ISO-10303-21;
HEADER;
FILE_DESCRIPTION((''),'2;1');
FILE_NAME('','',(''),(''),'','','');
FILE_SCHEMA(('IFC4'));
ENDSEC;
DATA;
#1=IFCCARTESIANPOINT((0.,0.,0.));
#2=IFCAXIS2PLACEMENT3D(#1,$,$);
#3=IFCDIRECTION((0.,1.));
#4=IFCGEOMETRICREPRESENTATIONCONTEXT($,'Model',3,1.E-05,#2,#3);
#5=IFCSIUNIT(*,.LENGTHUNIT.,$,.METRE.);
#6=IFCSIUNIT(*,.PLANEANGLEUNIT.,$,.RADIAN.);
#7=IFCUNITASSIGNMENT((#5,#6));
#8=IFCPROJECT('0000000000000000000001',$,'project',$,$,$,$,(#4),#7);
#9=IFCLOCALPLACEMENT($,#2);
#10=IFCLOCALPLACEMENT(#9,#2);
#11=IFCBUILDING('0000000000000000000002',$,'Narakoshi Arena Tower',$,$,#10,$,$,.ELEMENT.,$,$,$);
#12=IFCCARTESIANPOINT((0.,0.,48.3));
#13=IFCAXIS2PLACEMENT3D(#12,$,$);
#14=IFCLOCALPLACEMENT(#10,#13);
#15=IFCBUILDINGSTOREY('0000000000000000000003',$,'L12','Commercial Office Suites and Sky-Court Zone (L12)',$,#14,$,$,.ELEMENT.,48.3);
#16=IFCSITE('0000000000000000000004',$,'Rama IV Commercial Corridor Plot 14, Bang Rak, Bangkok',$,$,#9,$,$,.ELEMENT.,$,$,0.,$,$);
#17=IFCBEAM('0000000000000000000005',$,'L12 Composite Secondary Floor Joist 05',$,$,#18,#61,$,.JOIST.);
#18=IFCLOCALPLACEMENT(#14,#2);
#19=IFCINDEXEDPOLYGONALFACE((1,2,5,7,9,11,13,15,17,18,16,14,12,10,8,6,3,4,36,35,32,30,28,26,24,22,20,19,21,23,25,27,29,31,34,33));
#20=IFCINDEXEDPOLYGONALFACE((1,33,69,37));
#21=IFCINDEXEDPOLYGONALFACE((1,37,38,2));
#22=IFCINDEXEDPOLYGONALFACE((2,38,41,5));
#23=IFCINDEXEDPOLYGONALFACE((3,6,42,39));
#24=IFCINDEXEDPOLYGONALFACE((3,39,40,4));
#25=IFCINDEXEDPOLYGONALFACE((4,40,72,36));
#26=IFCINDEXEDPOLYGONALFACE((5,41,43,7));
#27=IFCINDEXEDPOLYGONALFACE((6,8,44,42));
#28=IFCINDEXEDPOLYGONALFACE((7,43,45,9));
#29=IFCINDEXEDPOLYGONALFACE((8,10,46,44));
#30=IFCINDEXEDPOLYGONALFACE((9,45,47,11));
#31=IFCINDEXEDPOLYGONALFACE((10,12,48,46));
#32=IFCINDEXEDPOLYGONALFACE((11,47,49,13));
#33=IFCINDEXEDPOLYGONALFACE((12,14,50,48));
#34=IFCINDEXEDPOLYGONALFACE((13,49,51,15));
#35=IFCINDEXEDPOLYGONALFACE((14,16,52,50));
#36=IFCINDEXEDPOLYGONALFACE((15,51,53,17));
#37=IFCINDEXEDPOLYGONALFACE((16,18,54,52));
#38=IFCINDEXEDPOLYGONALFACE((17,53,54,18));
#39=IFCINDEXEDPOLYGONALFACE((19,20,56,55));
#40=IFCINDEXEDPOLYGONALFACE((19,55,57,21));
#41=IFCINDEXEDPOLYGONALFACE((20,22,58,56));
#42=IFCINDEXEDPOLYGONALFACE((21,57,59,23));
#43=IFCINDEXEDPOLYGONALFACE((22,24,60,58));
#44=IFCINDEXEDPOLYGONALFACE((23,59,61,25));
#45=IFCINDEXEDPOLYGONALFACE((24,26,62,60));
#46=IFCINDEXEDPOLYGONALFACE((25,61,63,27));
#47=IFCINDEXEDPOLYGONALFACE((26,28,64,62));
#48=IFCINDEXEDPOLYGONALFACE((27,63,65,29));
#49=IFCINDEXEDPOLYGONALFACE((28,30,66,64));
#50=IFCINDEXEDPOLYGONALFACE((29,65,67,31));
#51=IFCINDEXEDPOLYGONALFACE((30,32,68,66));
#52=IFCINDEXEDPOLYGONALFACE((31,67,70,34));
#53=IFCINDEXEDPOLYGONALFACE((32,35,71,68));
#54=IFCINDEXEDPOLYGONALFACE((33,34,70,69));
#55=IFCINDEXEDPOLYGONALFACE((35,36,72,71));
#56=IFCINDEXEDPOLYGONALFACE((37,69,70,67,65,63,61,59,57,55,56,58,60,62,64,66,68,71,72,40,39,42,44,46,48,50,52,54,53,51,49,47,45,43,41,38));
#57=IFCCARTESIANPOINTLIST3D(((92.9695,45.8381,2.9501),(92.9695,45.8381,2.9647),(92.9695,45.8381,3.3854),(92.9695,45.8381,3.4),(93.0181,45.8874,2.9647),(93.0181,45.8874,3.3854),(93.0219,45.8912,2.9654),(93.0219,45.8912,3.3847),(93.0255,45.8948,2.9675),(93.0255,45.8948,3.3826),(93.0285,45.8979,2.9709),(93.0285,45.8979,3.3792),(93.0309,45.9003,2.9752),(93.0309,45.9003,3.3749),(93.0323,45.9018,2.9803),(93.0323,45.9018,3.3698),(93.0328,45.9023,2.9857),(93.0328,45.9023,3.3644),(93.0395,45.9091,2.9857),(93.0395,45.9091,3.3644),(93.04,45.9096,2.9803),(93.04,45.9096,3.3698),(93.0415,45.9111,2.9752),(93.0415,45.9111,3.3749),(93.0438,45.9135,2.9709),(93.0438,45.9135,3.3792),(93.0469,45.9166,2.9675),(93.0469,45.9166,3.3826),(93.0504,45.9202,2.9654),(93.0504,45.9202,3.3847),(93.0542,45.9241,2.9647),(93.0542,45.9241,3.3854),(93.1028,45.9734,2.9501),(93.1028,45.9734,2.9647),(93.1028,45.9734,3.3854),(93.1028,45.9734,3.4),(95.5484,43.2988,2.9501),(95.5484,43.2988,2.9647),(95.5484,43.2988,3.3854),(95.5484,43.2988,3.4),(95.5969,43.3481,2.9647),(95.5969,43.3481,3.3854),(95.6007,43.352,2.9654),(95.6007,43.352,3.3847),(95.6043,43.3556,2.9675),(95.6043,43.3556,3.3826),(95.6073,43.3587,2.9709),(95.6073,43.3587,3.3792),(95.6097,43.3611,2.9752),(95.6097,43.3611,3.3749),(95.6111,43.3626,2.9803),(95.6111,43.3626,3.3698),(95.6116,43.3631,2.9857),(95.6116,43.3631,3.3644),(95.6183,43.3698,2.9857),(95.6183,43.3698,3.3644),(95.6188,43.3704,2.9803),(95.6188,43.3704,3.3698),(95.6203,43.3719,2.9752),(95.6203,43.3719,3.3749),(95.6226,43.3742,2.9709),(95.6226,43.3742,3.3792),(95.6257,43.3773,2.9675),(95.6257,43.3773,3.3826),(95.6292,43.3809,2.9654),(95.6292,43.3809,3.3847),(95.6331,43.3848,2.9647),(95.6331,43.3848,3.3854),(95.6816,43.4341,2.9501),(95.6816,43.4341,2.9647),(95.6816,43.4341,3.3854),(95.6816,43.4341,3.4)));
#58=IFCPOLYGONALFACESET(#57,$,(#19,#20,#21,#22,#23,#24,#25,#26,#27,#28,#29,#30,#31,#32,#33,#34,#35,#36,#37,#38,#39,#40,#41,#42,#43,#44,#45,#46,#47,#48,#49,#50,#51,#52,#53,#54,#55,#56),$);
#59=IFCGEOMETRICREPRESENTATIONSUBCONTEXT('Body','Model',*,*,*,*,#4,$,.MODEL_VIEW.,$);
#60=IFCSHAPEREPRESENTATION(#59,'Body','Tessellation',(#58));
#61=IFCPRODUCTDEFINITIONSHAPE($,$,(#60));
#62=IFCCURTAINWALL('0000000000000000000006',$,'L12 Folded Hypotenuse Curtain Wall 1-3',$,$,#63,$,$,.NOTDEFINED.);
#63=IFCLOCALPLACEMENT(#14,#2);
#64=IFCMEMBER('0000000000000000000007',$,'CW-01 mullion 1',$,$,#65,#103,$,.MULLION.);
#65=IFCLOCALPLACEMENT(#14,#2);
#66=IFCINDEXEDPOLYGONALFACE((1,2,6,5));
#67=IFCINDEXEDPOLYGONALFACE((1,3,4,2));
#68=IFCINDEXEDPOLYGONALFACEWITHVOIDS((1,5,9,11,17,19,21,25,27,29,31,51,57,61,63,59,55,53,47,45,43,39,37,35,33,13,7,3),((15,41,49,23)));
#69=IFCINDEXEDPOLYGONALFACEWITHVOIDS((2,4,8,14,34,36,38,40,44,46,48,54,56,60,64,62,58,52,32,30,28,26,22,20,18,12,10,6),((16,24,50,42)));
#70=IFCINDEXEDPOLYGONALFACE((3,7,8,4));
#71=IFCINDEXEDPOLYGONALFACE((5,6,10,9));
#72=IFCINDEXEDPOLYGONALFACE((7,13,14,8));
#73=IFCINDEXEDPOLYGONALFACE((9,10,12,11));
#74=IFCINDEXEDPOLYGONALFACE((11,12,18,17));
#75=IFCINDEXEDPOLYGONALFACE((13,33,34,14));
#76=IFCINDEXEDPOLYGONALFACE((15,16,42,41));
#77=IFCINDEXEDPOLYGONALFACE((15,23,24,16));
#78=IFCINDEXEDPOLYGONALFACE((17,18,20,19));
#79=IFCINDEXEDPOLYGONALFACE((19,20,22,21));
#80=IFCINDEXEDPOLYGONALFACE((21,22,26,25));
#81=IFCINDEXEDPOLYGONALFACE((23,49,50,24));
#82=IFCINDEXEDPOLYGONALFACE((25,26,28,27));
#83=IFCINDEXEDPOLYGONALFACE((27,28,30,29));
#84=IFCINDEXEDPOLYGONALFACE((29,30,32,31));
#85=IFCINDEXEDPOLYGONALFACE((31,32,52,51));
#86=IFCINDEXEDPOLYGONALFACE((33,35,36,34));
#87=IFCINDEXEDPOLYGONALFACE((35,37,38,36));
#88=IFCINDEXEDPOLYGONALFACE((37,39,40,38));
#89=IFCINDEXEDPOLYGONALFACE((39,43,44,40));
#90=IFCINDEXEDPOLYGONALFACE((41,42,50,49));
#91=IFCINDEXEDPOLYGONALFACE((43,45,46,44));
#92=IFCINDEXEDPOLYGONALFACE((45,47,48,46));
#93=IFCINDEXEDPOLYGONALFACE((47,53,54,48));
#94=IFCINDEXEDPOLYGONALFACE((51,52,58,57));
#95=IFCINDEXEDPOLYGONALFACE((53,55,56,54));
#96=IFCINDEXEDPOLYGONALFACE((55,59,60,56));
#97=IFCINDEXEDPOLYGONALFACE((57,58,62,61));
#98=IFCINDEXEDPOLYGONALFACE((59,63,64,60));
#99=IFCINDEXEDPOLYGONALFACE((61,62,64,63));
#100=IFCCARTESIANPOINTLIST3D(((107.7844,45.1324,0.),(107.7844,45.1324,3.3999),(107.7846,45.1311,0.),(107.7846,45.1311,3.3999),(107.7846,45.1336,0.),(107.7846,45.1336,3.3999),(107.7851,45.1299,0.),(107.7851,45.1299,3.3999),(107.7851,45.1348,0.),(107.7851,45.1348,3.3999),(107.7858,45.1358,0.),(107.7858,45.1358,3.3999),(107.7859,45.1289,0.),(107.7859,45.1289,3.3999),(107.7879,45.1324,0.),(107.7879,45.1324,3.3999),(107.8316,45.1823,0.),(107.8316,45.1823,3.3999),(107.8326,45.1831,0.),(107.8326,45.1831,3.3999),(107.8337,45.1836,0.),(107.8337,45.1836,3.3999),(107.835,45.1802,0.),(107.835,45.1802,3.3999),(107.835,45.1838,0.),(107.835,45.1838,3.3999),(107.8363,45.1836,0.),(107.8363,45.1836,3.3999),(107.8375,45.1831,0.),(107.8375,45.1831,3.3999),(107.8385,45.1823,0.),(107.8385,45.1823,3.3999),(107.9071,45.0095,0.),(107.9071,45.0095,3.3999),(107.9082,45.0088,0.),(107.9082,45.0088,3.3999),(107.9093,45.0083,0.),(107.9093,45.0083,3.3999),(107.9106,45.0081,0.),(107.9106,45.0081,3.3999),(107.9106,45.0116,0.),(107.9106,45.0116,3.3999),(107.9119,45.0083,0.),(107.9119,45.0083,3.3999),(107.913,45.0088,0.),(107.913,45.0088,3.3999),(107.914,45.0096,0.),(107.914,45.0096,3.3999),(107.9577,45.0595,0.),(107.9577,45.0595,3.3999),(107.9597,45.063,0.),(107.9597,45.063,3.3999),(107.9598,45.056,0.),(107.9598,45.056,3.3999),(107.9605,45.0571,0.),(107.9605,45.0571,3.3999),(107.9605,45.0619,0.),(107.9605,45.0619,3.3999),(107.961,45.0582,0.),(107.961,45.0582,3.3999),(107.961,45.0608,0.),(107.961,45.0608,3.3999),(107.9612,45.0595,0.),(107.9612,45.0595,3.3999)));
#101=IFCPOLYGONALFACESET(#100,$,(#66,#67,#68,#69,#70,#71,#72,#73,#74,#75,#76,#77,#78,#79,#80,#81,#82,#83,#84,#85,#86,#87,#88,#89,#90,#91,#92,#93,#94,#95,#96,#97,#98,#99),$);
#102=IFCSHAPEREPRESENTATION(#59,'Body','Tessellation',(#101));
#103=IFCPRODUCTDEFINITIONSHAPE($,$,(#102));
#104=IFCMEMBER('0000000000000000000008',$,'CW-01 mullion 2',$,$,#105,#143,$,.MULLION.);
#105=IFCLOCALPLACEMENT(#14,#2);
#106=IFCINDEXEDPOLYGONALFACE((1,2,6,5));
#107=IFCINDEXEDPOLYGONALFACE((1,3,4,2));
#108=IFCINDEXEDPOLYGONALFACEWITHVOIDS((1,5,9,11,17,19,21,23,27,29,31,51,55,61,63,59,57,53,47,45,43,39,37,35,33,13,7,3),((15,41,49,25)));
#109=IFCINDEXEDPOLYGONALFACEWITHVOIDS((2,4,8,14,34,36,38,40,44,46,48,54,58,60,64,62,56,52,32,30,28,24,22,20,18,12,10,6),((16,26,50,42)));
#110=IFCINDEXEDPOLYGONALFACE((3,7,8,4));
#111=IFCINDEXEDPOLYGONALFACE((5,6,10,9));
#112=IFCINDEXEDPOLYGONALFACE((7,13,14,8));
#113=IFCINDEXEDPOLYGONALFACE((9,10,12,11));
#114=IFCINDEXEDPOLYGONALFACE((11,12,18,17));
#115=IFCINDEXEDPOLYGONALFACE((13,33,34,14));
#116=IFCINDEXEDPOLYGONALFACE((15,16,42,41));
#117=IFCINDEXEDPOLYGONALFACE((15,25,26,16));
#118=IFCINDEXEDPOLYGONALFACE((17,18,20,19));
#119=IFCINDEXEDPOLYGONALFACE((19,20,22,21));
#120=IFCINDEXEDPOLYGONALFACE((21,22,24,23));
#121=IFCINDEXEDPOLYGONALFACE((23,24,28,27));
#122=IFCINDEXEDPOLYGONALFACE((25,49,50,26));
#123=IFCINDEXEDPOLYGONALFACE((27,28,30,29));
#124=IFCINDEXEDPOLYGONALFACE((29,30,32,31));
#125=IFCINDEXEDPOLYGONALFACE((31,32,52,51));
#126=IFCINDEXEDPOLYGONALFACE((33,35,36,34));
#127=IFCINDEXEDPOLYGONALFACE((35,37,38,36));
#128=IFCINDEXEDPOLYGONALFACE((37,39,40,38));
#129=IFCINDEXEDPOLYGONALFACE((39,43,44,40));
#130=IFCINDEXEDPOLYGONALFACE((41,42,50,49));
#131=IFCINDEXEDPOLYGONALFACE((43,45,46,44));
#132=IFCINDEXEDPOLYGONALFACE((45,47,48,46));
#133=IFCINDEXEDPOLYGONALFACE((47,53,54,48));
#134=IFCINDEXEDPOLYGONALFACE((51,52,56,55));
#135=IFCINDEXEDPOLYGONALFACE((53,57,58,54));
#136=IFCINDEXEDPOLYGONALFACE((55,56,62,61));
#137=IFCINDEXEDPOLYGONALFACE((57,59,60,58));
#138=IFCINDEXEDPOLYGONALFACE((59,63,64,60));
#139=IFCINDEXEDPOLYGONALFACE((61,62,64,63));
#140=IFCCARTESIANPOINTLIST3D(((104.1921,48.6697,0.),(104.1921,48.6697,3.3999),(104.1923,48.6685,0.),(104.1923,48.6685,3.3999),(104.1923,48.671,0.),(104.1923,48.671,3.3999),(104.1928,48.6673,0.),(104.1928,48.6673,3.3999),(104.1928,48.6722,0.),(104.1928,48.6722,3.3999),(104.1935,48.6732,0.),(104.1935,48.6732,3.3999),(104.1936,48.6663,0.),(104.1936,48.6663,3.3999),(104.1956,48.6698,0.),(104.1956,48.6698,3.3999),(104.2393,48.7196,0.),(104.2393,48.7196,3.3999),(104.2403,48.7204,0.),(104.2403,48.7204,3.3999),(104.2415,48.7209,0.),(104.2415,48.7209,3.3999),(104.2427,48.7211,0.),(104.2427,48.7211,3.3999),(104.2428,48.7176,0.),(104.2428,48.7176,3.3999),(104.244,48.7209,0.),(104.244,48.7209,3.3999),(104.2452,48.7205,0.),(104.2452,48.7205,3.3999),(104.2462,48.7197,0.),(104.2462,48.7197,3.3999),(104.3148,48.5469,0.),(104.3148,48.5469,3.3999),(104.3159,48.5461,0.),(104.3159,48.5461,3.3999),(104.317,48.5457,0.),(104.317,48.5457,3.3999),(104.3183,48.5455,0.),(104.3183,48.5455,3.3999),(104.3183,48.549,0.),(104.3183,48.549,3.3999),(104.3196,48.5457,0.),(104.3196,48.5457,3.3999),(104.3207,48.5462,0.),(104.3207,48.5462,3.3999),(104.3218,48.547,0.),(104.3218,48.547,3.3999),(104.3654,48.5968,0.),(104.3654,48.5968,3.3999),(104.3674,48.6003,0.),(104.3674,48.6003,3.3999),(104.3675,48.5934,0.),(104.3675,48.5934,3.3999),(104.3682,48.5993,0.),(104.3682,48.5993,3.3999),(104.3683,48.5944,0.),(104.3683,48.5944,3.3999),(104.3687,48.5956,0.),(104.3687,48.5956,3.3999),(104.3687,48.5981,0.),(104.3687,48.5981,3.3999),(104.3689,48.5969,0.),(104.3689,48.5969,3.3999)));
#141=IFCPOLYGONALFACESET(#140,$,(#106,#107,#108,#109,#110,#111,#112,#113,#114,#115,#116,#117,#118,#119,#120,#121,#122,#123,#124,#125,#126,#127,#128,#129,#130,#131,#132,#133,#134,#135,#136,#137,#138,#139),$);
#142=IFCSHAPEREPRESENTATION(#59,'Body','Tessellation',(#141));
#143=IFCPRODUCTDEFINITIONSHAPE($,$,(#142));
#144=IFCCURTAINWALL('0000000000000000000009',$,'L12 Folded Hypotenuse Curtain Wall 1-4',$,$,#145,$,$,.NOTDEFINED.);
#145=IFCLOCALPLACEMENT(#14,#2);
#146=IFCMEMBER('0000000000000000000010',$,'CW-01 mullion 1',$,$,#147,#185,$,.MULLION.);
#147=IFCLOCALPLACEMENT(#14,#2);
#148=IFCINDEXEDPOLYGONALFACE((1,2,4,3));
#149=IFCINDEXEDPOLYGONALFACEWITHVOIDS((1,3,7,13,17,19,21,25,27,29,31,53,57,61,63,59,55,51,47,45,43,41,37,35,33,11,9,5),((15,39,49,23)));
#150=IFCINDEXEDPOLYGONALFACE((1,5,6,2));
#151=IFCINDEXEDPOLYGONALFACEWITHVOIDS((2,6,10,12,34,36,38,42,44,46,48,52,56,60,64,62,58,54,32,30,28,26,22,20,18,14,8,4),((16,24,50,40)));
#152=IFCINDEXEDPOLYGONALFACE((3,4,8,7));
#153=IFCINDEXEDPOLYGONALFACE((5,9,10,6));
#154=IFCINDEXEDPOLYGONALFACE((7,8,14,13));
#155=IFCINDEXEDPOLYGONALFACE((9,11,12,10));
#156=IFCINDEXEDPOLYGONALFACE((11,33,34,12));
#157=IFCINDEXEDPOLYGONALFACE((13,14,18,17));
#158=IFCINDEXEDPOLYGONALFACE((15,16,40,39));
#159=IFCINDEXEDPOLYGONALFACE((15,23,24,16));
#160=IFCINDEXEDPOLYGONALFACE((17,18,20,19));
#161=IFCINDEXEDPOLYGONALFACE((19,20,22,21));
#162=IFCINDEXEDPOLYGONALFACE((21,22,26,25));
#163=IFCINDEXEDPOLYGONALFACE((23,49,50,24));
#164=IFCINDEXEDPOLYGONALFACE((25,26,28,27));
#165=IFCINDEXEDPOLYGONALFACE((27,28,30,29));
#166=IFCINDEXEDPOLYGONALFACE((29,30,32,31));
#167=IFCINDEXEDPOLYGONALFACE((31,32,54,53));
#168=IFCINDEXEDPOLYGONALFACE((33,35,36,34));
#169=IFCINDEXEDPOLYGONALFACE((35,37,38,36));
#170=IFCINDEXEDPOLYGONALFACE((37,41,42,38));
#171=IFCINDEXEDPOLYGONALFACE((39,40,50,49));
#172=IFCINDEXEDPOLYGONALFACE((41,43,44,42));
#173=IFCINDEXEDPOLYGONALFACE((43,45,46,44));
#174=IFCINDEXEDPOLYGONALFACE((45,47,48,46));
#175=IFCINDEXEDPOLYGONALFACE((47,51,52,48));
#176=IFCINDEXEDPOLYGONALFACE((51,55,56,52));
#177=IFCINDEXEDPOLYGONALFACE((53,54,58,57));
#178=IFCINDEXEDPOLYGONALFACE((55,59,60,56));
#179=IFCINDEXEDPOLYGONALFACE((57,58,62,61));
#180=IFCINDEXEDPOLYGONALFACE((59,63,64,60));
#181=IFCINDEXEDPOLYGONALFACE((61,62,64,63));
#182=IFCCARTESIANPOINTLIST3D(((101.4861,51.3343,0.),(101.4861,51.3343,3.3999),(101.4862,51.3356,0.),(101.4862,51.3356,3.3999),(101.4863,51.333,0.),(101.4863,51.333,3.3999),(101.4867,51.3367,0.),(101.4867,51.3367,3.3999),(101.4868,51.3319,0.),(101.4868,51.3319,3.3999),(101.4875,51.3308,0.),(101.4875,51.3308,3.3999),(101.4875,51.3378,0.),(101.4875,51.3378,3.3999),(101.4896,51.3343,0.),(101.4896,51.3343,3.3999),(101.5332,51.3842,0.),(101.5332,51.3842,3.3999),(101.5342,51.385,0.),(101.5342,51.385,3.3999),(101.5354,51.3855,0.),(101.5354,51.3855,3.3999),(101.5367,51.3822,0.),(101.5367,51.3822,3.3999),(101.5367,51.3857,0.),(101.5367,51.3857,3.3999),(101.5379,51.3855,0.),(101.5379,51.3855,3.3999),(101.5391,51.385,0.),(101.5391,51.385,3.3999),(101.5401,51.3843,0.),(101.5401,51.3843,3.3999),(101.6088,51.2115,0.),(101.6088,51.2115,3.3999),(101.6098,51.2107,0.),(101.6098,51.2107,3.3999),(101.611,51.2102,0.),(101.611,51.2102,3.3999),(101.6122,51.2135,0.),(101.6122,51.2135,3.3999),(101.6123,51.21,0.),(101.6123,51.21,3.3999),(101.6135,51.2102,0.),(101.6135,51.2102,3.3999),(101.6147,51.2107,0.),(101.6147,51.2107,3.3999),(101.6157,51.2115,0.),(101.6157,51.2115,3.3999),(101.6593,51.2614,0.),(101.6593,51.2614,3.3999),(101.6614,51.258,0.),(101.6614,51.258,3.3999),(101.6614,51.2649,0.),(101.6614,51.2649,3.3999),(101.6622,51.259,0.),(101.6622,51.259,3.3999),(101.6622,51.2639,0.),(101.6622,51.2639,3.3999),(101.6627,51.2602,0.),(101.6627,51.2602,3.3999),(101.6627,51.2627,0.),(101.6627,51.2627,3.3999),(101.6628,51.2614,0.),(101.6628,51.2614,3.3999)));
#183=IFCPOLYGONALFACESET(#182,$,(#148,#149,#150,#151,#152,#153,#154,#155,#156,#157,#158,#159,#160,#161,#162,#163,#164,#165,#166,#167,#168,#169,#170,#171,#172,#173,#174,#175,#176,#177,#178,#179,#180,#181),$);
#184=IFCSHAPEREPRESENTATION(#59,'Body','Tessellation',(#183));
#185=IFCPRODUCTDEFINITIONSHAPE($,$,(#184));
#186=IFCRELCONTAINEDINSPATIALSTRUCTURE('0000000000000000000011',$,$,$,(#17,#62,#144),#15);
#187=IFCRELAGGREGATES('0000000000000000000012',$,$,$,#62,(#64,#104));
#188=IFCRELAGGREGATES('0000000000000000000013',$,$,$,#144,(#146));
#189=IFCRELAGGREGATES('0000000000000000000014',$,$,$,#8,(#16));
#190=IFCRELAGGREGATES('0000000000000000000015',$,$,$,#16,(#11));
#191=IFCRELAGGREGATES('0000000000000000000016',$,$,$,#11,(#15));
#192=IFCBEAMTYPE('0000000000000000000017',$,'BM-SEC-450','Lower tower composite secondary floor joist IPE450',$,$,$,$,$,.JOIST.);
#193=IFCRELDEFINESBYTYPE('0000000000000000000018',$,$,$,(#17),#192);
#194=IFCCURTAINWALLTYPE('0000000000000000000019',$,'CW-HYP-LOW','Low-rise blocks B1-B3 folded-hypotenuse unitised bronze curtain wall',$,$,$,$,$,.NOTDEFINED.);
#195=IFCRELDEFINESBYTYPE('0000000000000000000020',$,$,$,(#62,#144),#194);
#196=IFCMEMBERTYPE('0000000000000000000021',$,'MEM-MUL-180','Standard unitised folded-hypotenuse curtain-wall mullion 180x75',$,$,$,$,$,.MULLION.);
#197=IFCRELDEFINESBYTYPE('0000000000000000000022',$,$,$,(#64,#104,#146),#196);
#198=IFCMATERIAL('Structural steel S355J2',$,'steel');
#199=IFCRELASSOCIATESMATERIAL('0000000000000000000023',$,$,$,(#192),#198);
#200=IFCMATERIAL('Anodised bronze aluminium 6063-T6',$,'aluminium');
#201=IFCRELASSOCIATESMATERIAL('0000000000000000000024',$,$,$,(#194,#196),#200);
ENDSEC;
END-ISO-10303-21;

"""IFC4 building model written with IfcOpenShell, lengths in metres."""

from ifc_helpers import new_model, si_unit, direction, frame, origin, origin_2d, place, context, subcontext, project, spatial, hollow_rectangle, i_section, extrude, material, material_profile, profile_set, type_object, element, aggregate, save


model = new_model("IFC4")

# Units and contexts
model_context = context("Model", 3, precision=1e-05, world=origin(), true_north=direction((0.0, 1.0)))
body_context = subcontext(model_context, "Body", "Model", "MODEL_VIEW")
ifc_project = project(units=[si_unit("LENGTHUNIT", "METRE"), si_unit("PLANEANGLEUNIT", "RADIAN")], contexts=[model_context])

# Site, building, storey
site_placement = place(None, origin())
site = spatial("IfcSite", under=ifc_project, at=site_placement, Name="Rama IV Commercial Corridor Plot 14, Bang Rak, Bangkok", CompositionType="ELEMENT", RefElevation=0.0)
building_placement = place(site_placement, origin())
building = spatial("IfcBuilding", under=site, at=building_placement, Name="Narakoshi Arena Tower", CompositionType="ELEMENT")
storey_placement = place(building_placement, frame((0.0, 0.0, 48.3)))
storey = spatial("IfcBuildingStorey", under=building, at=storey_placement, Name="L12", Description="Commercial Office Suites and Sky-Court Zone (L12)", CompositionType="ELEMENT", Elevation=48.3)

# Beam
ifc_material_1 = material(Name="Structural steel S355J2", Category="steel")
ifc_material_profile_1 = material_profile(ifc_material_1, i_section(OverallWidth=0.1899, OverallDepth=0.45, WebThickness=0.0095, FlangeThickness=0.0146, FilletRadius=0.021, at=origin_2d()), Name="IPE450")
ifc_profile_set_1 = profile_set([ifc_material_profile_1], Name="Structural steel S355J2")
beam_type_1 = type_object("IfcBeamType", Name="BM-SEC-450", Description="Lower tower composite secondary floor joist IPE450", PredefinedType="JOIST", material=ifc_profile_set_1)
beam_1_placement = place(storey_placement, frame((95.615, 43.3665, 3.175), z_axis=(-0.71255, 0.701622, 0.0), x_axis=(-0.701622, -0.71255, 0.0)))
element("IfcBeam", 1, at=beam_1_placement, inside=storey, type_object=beam_type_1, Name="L12 Composite Secondary Floor Joist 05", PredefinedType="JOIST", context=body_context, shape_type="SweptSolid", body=[
    extrude(i_section(OverallWidth=0.1899, OverallDepth=0.45, WebThickness=0.0095, FlangeThickness=0.0146, FilletRadius=0.021, at=origin_2d()), origin(), (0.0, 0.0, 1.0), 3.6191),
])

# Curtain walls, members
ifc_material_2 = material(Name="Anodised bronze aluminium 6063-T6", Category="aluminium")
curtain_wall_type = type_object("IfcCurtainWallType", Name="CW-HYP-LOW", Description="Low-rise blocks B1-B3 folded-hypotenuse unitised bronze curtain wall", PredefinedType="NOTDEFINED", material=ifc_material_2)
curtain_wall_1_placement = place(storey_placement, origin())
curtain_wall_1 = element("IfcCurtainWall", 2, at=curtain_wall_1_placement, inside=storey, type_object=curtain_wall_type, Name="L12 Folded Hypotenuse Curtain Wall 1-3", PredefinedType="NOTDEFINED")
ifc_material_profile_2 = material_profile(ifc_material_2, hollow_rectangle(XDim=0.075, YDim=0.1799, WallThickness=0.0039, OuterFilletRadius=0.0049, at=origin_2d()), Name="MUL180x75x4")
ifc_profile_set_2 = profile_set([ifc_material_profile_2], Name="Anodised bronze aluminium 6063-T6")
member_type_1 = type_object("IfcMemberType", Name="MEM-MUL-180", Description="Standard unitised folded-hypotenuse curtain-wall mullion 180x75", PredefinedType="MULLION", material=ifc_profile_set_2)
member_1_placement = place(storey_placement, frame((107.8728, 45.0959, 0.0), z_axis=(0.0, 0.0, 1.0), x_axis=(-0.701633, -0.712539, 0.0)))
member_1 = element("IfcMember", 3, at=member_1_placement, type_object=member_type_1, Name="CW-01 mullion 1", PredefinedType="MULLION", context=body_context, shape_type="SweptSolid", body=[
    extrude(hollow_rectangle(XDim=0.075, YDim=0.1799, WallThickness=0.0039, OuterFilletRadius=0.0049, at=origin_2d()), origin(), (0.0, 0.0, 1.0), 3.3999),
])
member_2_placement = place(storey_placement, frame((104.2805, 48.6333, 0.0), z_axis=(0.0, 0.0, 1.0), x_axis=(-0.701633, -0.712539, 0.0)))
member_2 = element("IfcMember", 4, at=member_2_placement, type_object=member_type_1, Name="CW-01 mullion 2", PredefinedType="MULLION", context=body_context, shape_type="SweptSolid", body=[
    extrude(hollow_rectangle(XDim=0.075, YDim=0.1799, WallThickness=0.0039, OuterFilletRadius=0.0049, at=origin_2d()), origin(), (0.0, 0.0, 1.0), 3.3999),
])
curtain_wall_2_placement = place(storey_placement, origin())
curtain_wall_2 = element("IfcCurtainWall", 5, at=curtain_wall_2_placement, inside=storey, type_object=curtain_wall_type, Name="L12 Folded Hypotenuse Curtain Wall 1-4", PredefinedType="NOTDEFINED")
member_3_placement = place(storey_placement, frame((101.5745, 51.2979, 0.0), z_axis=(0.0, 0.0, 1.0), x_axis=(-0.701633, -0.712539, 0.0)))
member_3 = element("IfcMember", 6, at=member_3_placement, type_object=member_type_1, Name="CW-01 mullion 1", PredefinedType="MULLION", context=body_context, shape_type="SweptSolid", body=[
    extrude(hollow_rectangle(XDim=0.075, YDim=0.1799, WallThickness=0.0039, OuterFilletRadius=0.0049, at=origin_2d()), origin(), (0.0, 0.0, 1.0), 3.3999),
])

aggregate(curtain_wall_1, [member_1, member_2])
aggregate(curtain_wall_2, [member_3])

save(model, "model.ifc")
